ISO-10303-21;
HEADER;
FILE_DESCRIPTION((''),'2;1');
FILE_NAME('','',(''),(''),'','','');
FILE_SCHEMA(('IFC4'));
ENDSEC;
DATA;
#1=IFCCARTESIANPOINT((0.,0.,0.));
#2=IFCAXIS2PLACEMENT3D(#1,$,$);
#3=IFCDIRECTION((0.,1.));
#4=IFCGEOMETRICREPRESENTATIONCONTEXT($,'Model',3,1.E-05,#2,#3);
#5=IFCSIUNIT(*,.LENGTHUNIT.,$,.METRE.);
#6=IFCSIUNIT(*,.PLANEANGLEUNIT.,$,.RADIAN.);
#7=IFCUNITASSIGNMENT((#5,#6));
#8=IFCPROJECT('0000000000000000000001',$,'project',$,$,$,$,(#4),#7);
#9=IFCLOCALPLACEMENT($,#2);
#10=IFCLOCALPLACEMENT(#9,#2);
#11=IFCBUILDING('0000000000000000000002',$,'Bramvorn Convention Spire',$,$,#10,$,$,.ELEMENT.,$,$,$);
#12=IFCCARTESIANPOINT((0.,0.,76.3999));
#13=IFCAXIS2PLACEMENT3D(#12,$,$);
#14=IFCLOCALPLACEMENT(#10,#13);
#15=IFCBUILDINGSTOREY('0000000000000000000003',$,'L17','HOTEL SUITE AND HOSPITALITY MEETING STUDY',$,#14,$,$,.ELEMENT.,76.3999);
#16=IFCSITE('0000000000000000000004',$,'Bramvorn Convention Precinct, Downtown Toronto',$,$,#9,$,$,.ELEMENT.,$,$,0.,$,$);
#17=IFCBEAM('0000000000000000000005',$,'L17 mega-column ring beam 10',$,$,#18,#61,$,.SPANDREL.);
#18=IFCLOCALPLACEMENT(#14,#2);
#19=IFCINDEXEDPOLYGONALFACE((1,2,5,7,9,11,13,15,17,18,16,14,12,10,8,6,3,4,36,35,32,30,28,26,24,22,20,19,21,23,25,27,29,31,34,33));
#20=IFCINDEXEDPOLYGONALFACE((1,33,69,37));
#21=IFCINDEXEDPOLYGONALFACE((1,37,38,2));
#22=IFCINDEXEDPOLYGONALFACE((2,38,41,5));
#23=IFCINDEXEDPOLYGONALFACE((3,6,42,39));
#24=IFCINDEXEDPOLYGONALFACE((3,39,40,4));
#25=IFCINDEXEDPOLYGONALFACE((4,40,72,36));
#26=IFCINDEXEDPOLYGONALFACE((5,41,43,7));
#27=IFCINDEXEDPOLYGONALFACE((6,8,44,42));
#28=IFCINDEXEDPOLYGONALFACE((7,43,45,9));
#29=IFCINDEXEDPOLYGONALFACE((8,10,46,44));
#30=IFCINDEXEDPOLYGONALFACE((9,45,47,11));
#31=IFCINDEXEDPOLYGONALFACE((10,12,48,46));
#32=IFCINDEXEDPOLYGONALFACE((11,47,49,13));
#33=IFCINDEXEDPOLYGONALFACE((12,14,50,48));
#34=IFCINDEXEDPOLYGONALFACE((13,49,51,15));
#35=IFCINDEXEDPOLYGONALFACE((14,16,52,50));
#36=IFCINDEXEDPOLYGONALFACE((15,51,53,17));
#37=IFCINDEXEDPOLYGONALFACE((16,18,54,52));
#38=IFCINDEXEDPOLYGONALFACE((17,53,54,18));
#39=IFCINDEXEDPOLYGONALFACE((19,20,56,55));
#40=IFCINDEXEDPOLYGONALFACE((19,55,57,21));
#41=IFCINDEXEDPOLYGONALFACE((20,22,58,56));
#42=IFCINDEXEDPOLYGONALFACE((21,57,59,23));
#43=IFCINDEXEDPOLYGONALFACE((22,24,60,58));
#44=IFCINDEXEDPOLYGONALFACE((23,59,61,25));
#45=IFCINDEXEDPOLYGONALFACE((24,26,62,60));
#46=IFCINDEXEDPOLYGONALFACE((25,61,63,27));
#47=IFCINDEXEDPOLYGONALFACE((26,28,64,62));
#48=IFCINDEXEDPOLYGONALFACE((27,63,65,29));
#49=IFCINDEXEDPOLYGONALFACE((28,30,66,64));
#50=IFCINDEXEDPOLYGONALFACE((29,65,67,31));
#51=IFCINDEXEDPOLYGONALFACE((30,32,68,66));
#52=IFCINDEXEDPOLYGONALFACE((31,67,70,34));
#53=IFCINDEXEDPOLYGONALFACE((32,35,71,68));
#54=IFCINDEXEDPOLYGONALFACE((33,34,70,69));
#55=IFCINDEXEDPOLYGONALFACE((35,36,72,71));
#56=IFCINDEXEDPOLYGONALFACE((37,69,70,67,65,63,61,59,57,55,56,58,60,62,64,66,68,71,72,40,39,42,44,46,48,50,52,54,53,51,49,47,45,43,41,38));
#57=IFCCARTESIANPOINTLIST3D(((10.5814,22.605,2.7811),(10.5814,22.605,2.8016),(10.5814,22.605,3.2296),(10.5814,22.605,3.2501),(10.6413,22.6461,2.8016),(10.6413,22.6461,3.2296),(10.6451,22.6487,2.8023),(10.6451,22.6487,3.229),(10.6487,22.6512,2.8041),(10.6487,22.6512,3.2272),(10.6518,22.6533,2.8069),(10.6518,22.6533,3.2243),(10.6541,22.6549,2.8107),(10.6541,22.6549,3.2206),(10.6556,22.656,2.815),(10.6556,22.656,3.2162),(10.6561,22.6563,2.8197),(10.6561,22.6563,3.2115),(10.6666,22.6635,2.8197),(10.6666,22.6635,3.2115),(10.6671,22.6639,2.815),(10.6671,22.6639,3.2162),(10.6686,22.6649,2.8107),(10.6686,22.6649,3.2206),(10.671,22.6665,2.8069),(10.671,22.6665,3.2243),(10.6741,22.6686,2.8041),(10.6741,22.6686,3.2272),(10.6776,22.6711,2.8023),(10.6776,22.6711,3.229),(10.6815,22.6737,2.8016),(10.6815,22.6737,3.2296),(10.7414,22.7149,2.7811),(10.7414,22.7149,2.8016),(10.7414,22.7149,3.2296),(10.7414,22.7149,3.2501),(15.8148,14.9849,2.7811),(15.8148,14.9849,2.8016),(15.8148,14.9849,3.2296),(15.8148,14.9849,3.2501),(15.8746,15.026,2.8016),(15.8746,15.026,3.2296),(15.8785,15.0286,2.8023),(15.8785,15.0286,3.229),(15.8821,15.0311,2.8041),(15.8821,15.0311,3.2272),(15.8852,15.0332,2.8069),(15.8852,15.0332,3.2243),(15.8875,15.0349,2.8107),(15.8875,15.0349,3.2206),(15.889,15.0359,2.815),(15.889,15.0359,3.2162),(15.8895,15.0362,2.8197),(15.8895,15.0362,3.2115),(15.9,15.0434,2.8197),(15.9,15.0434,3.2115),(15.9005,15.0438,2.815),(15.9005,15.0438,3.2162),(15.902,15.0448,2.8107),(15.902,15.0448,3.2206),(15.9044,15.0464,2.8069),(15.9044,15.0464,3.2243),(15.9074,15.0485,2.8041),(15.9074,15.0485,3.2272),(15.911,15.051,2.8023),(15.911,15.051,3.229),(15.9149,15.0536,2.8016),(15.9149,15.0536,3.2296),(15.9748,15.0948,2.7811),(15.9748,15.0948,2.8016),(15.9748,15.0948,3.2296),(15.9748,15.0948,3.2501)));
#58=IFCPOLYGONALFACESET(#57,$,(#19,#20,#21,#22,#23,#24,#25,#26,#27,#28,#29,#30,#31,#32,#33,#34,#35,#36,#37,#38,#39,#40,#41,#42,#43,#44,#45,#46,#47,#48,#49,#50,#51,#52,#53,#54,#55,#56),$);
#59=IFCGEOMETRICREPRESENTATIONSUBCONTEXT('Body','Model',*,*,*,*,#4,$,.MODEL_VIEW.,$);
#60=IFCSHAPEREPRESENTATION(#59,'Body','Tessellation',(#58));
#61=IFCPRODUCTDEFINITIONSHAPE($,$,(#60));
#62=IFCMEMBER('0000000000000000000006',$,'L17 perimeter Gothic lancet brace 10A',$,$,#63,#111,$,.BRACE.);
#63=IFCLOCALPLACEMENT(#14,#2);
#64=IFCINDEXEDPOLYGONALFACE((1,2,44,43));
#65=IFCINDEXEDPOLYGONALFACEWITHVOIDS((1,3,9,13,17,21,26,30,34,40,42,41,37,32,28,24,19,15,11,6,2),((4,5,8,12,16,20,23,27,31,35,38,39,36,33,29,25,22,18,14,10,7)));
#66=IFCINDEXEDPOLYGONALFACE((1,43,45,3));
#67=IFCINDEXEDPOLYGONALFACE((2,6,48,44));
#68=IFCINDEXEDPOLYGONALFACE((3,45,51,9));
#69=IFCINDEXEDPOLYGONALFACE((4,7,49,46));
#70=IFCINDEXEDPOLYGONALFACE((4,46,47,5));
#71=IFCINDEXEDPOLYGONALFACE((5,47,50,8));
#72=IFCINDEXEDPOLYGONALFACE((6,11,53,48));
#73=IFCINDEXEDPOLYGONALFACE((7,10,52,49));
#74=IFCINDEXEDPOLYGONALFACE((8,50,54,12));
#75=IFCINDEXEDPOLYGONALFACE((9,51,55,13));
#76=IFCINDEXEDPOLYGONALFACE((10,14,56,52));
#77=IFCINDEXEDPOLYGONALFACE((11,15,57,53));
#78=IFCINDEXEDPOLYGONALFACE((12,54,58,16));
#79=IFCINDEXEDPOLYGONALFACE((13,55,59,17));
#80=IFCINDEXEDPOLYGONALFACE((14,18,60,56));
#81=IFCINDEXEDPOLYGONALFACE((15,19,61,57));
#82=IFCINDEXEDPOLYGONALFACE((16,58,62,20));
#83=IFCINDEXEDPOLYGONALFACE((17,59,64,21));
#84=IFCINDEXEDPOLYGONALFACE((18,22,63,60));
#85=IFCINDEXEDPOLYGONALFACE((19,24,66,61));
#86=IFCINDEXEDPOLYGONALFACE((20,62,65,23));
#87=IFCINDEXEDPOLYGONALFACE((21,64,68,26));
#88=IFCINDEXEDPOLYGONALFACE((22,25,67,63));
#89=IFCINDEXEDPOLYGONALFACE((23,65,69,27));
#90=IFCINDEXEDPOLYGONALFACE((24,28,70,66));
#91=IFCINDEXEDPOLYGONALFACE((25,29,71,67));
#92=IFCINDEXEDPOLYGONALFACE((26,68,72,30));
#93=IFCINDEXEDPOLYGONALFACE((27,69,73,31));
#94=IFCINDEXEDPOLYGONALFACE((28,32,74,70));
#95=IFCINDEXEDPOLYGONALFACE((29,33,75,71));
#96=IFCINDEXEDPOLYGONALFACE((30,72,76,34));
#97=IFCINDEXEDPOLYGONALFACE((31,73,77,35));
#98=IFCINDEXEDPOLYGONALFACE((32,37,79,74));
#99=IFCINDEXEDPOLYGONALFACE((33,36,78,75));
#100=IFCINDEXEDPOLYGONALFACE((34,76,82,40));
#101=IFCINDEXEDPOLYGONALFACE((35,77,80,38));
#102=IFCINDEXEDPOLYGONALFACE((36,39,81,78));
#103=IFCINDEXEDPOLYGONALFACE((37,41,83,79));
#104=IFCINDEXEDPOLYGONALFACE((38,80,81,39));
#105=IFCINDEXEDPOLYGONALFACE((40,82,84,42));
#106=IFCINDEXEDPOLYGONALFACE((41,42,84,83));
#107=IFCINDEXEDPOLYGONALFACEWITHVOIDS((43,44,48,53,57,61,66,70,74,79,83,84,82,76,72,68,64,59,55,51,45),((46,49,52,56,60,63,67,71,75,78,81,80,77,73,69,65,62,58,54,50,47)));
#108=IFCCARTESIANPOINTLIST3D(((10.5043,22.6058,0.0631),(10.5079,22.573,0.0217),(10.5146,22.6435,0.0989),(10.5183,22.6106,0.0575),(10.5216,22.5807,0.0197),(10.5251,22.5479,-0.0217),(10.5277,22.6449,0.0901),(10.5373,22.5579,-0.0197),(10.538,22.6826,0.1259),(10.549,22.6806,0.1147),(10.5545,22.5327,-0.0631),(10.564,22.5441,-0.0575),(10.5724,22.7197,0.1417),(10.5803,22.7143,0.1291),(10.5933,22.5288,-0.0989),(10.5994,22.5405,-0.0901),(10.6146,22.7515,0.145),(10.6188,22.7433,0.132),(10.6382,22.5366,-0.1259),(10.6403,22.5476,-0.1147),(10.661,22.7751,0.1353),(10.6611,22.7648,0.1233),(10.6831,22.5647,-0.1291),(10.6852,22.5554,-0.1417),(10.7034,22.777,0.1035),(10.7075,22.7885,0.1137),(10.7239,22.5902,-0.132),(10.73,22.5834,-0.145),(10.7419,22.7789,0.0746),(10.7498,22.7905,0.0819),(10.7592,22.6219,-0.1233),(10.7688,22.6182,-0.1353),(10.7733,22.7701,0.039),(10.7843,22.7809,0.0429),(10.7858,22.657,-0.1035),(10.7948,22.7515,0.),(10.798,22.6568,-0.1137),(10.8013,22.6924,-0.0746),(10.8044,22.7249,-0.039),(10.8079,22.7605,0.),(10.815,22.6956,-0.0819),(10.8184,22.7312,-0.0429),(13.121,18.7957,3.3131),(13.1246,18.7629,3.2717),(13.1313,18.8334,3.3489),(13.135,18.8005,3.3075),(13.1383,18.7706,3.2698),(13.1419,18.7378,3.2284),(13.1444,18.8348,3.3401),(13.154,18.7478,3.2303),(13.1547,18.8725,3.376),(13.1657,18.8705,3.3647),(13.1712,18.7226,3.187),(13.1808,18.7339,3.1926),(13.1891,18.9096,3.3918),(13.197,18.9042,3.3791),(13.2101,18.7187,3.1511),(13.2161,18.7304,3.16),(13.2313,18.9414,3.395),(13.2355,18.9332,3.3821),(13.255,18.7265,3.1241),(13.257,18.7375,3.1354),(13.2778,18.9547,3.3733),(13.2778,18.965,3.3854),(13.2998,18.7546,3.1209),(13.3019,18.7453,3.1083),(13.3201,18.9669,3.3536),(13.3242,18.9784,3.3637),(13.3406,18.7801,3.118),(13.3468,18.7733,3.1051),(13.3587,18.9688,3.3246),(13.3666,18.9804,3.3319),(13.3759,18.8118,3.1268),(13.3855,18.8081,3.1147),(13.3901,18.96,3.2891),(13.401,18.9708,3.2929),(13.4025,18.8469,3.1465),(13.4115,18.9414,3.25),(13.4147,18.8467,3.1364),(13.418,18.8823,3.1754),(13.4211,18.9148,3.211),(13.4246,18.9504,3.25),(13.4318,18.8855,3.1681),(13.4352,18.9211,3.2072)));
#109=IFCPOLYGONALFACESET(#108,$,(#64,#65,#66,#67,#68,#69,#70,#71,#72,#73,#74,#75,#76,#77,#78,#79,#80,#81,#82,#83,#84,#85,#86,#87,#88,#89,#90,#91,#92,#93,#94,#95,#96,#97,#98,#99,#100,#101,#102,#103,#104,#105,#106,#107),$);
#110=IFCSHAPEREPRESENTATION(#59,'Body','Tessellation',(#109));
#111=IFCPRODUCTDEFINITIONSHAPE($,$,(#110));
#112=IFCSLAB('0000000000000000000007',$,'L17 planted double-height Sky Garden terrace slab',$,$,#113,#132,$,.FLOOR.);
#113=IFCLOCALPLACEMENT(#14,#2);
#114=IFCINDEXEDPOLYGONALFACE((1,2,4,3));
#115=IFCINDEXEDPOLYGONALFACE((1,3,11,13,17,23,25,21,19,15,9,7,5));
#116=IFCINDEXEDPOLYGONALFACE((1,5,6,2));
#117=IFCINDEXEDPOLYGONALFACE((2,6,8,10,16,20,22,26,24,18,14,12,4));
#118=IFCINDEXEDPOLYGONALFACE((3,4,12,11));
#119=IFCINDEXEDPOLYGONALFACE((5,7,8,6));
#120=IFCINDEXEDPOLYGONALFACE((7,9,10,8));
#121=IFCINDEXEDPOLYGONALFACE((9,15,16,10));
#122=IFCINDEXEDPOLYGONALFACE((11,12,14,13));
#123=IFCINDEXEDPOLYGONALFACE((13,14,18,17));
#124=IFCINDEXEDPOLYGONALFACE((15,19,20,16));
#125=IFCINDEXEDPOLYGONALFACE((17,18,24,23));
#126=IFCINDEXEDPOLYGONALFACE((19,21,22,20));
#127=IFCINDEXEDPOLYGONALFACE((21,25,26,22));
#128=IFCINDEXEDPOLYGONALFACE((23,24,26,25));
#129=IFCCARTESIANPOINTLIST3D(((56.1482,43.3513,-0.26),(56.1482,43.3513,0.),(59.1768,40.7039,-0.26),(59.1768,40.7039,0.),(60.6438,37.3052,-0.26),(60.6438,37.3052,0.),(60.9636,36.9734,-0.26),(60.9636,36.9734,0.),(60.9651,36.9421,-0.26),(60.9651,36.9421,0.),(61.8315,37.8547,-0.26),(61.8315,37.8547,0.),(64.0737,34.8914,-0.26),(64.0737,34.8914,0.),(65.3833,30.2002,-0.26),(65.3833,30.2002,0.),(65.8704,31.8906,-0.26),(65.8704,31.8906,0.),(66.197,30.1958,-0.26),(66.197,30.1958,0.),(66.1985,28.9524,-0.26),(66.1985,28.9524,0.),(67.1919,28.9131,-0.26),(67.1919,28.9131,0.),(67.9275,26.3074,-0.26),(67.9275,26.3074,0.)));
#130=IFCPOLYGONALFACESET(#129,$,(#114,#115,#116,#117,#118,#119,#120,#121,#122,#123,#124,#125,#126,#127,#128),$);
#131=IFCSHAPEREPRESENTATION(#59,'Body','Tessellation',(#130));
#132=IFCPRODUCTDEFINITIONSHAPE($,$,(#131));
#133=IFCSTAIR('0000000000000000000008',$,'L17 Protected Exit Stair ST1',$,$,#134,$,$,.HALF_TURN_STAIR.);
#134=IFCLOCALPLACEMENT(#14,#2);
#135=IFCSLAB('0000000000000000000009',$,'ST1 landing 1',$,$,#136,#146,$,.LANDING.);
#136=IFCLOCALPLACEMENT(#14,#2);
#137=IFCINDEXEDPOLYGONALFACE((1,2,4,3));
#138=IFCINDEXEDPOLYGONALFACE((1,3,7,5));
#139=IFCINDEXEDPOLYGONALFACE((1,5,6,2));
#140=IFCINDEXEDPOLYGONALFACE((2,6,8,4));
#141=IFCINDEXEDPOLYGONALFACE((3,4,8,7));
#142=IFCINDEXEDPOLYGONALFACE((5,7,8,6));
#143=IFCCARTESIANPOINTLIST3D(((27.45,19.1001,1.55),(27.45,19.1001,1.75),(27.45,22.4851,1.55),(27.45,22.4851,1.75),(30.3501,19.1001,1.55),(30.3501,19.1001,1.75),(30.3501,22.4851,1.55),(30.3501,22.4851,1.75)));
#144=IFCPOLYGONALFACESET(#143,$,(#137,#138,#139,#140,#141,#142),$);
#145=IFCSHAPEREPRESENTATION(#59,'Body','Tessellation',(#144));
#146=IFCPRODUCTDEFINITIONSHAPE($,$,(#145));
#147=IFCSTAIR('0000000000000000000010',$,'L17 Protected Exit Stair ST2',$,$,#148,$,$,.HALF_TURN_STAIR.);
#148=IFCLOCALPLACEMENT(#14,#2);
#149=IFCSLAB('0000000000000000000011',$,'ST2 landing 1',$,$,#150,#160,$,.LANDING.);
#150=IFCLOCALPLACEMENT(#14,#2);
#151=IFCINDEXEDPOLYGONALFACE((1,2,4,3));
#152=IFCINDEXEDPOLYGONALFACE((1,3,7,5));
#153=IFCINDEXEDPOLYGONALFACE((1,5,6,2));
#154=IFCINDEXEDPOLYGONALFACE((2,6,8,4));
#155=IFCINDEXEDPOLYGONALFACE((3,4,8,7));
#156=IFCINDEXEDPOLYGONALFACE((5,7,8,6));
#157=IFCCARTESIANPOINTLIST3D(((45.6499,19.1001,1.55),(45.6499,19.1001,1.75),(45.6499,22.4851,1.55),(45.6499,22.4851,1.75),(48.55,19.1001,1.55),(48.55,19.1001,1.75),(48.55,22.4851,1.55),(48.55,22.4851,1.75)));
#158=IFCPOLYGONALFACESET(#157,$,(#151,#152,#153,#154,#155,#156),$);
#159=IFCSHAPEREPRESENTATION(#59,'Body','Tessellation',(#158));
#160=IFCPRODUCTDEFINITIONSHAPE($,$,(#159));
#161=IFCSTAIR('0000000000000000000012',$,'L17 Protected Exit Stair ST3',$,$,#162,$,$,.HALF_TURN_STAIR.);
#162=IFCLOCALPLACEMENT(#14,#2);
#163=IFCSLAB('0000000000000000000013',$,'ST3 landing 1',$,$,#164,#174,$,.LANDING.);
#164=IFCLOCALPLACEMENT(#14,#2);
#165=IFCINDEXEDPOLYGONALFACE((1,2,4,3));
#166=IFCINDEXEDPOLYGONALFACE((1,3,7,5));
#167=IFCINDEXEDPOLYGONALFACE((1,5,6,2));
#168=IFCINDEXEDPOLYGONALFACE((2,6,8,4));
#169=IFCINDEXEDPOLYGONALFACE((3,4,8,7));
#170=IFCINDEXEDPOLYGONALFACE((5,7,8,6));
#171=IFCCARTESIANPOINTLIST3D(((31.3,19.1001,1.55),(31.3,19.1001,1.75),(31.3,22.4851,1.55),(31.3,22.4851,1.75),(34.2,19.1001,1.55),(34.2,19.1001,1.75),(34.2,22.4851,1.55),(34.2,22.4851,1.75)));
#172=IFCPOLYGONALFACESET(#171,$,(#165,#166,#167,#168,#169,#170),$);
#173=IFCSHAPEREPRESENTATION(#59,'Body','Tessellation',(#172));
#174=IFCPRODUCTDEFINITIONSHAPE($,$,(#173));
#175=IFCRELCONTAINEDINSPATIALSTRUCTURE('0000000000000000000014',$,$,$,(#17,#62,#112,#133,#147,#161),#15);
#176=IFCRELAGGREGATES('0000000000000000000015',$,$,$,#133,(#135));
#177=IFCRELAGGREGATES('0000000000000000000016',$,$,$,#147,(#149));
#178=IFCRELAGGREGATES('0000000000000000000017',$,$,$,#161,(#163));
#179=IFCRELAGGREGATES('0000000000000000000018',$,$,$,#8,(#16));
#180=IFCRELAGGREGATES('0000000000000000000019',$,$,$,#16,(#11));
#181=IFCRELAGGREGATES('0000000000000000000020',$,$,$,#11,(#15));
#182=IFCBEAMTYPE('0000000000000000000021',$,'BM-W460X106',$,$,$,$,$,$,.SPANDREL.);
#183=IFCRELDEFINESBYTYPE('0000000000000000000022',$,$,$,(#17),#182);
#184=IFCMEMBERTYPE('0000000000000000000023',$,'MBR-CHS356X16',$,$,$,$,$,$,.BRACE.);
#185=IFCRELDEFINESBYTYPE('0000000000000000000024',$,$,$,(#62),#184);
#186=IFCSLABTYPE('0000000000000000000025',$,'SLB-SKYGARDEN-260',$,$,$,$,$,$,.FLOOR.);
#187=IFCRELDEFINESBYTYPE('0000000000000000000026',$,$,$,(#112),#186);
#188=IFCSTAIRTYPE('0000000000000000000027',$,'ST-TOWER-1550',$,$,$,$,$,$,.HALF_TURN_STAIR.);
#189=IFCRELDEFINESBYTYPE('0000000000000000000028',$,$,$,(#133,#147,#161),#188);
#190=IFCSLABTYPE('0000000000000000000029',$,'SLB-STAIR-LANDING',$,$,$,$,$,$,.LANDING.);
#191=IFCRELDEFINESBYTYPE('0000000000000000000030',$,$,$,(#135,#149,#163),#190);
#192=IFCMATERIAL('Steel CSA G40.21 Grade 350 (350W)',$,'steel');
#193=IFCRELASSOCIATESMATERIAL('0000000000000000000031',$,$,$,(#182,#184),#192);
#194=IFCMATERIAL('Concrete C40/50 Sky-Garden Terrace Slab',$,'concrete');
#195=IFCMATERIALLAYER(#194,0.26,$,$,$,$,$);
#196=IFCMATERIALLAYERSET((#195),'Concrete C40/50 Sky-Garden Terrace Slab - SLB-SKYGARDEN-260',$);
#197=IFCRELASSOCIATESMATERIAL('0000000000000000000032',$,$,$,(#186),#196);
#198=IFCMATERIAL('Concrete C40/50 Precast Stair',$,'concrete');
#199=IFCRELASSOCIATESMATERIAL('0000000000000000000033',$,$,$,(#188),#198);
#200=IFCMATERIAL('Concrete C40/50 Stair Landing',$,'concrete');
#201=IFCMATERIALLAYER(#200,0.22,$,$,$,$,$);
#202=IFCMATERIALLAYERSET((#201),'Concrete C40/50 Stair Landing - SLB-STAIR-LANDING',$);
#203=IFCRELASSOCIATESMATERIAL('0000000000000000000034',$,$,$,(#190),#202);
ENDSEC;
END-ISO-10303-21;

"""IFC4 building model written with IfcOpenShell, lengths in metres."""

from ifc_helpers import new_model, si_unit, direction, frame, origin, origin_2d, place, context, subcontext, project, spatial, polyline, hollow_circle, i_section, outline, extrude, material, layer, layer_set, material_profile, profile_set, type_object, element, aggregate, save


model = new_model("IFC4")

# Units and contexts
model_context = context("Model", 3, precision=1e-05, world=origin(), true_north=direction((0.0, 1.0)))
body_context = subcontext(model_context, "Body", "Model", "MODEL_VIEW")
ifc_project = project(units=[si_unit("LENGTHUNIT", "METRE"), si_unit("PLANEANGLEUNIT", "RADIAN")], contexts=[model_context])

# Site, building, storey
site_placement = place(None, origin())
site = spatial("IfcSite", under=ifc_project, at=site_placement, Name="Bramvorn Convention Precinct, Downtown Toronto", CompositionType="ELEMENT", RefElevation=0.0)
building_placement = place(site_placement, origin())
building = spatial("IfcBuilding", under=site, at=building_placement, Name="Bramvorn Convention Spire", CompositionType="ELEMENT")
storey_placement = place(building_placement, frame((0.0, 0.0, 76.3999)))
storey = spatial("IfcBuildingStorey", under=building, at=storey_placement, Name="L17", Description="HOTEL SUITE AND HOSPITALITY MEETING STUDY", CompositionType="ELEMENT", Elevation=76.3999)

# Shared definitions
ifc_material_1 = material(Name="Steel CSA G40.21 Grade 350 (350W)", Category="steel")

# Beam
ifc_material_profile_1 = material_profile(ifc_material_1, i_section(OverallWidth=0.1941, OverallDepth=0.469, WebThickness=0.0127, FlangeThickness=0.0205, FilletRadius=0.0181, at=origin_2d()))
ifc_profile_set_1 = profile_set([ifc_material_profile_1], Name="Steel CSA G40.21 Grade 350 (350W) - W460X106")
beam_type_1 = type_object("IfcBeamType", Name="BM-W460X106", PredefinedType="SPANDREL", material=ifc_profile_set_1)
beam_1_placement = place(storey_placement, frame((10.6614, 22.6599, 3.0156), z_axis=(0.56613, -0.824316, 0.0), x_axis=(0.824316, 0.56613, 0.0)))
element("IfcBeam", 1, at=beam_1_placement, inside=storey, type_object=beam_type_1, Name="L17 mega-column ring beam 10", PredefinedType="SPANDREL", context=body_context, shape_type="SweptSolid", body=[
    extrude(i_section(OverallWidth=0.1941, OverallDepth=0.469, WebThickness=0.0127, FlangeThickness=0.0205, FilletRadius=0.0181, at=origin_2d()), origin(), (0.0, 0.0, 1.0), 9.2441),
])

# Member
ifc_material_profile_2 = material_profile(ifc_material_1, hollow_circle(Radius=0.1777, WallThickness=0.0159, at=origin_2d()))
ifc_profile_set_2 = profile_set([ifc_material_profile_2], Name="Steel CSA G40.21 Grade 350 (350W) - CHS356X16")
member_type = type_object("IfcMemberType", Name="MBR-CHS356X16", PredefinedType="BRACE", material=ifc_profile_set_2)
member_placement = place(storey_placement, frame((10.6614, 22.6599, 0.0), z_axis=(0.463106, -0.674308, 0.575188), x_axis=(0.824316, 0.56613, 0.0)))
element("IfcMember", 2, at=member_placement, inside=storey, type_object=member_type, Name="L17 perimeter Gothic lancet brace 10A", PredefinedType="BRACE", context=body_context, shape_type="SweptSolid", body=[
    extrude(hollow_circle(Radius=0.1777, WallThickness=0.0159, at=origin_2d()), origin(), (0.0, 0.0, 1.0), 5.6504),
])

# Slab
ifc_material_2 = material(Name="Concrete C40/50 Sky-Garden Terrace Slab", Category="concrete")
ifc_layer_1 = layer(ifc_material_2, 0.26)
ifc_layer_set_1 = layer_set([ifc_layer_1], Name="Concrete C40/50 Sky-Garden Terrace Slab - SLB-SKYGARDEN-260")
slab_type_1 = type_object("IfcSlabType", Name="SLB-SKYGARDEN-260", PredefinedType="FLOOR", material=ifc_layer_set_1)
slab_1_placement = place(storey_placement, frame((0.0, 0.0, -0.26)))
element("IfcSlab", 3, at=slab_1_placement, inside=storey, type_object=slab_type_1, Name="L17 planted double-height Sky Garden terrace slab", PredefinedType="FLOOR", context=body_context, shape_type="SweptSolid", body=[
    extrude(outline(polyline([(60.9636, 36.9734), (60.9651, 36.9421), (65.3833, 30.2002), (66.197, 30.1958), (66.1985, 28.9524), (67.9275, 26.3074), (67.1919, 28.9131), (65.8704, 31.8906), (64.0737, 34.8914), (61.8315, 37.8547), (59.1768, 40.7039), (56.1482, 43.3513), (60.6438, 37.3052), (60.9636, 36.9734)])), origin(), (0.0, 0.0, 1.0), 0.26),
])

# Stairs, slabs
ifc_material_3 = material(Name="Concrete C40/50 Precast Stair", Category="concrete")
stair_type = type_object("IfcStairType", Name="ST-TOWER-1550", PredefinedType="HALF_TURN_STAIR", material=ifc_material_3)
stair_1_placement = place(storey_placement, origin())
stair_1 = element("IfcStair", 4, at=stair_1_placement, inside=storey, type_object=stair_type, Name="L17 Protected Exit Stair ST1", PredefinedType="HALF_TURN_STAIR")
ifc_material_4 = material(Name="Concrete C40/50 Stair Landing", Category="concrete")
ifc_layer_2 = layer(ifc_material_4, 0.22)
ifc_layer_set_2 = layer_set([ifc_layer_2], Name="Concrete C40/50 Stair Landing - SLB-STAIR-LANDING")
slab_type_2 = type_object("IfcSlabType", Name="SLB-STAIR-LANDING", PredefinedType="LANDING", material=ifc_layer_set_2)
slab_2_placement = place(storey_placement, frame((0.0, 0.0, 1.55)))
slab_2 = element("IfcSlab", 5, at=slab_2_placement, type_object=slab_type_2, Name="ST1 landing 1", PredefinedType="LANDING", context=body_context, shape_type="SweptSolid", body=[
    extrude(outline(polyline([(27.45, 22.4851), (27.45, 19.1001), (30.3501, 19.1001), (30.3501, 22.4851), (27.45, 22.4851)])), origin(), (0.0, 0.0, 1.0), 0.2),
])
aggregate(stair_1, [slab_2])
stair_2_placement = place(storey_placement, origin())
stair_2 = element("IfcStair", 6, at=stair_2_placement, inside=storey, type_object=stair_type, Name="L17 Protected Exit Stair ST2", PredefinedType="HALF_TURN_STAIR")
slab_3_placement = place(storey_placement, frame((0.0, 0.0, 1.55)))
slab_3 = element("IfcSlab", 7, at=slab_3_placement, type_object=slab_type_2, Name="ST2 landing 1", PredefinedType="LANDING", context=body_context, shape_type="SweptSolid", body=[
    extrude(outline(polyline([(45.6499, 22.4851), (45.6499, 19.1001), (48.55, 19.1001), (48.55, 22.4851), (45.6499, 22.4851)])), origin(), (0.0, 0.0, 1.0), 0.2),
])
aggregate(stair_2, [slab_3])
stair_3_placement = place(storey_placement, origin())
stair_3 = element("IfcStair", 8, at=stair_3_placement, inside=storey, type_object=stair_type, Name="L17 Protected Exit Stair ST3", PredefinedType="HALF_TURN_STAIR")
slab_4_placement = place(storey_placement, frame((0.0, 0.0, 1.55)))
slab_4 = element("IfcSlab", 9, at=slab_4_placement, type_object=slab_type_2, Name="ST3 landing 1", PredefinedType="LANDING", context=body_context, shape_type="SweptSolid", body=[
    extrude(outline(polyline([(31.3, 22.4851), (31.3, 19.1001), (34.2, 19.1001), (34.2, 22.4851), (31.3, 22.4851)])), origin(), (0.0, 0.0, 1.0), 0.2),
])
aggregate(stair_3, [slab_4])

save(model, "model.ifc")
